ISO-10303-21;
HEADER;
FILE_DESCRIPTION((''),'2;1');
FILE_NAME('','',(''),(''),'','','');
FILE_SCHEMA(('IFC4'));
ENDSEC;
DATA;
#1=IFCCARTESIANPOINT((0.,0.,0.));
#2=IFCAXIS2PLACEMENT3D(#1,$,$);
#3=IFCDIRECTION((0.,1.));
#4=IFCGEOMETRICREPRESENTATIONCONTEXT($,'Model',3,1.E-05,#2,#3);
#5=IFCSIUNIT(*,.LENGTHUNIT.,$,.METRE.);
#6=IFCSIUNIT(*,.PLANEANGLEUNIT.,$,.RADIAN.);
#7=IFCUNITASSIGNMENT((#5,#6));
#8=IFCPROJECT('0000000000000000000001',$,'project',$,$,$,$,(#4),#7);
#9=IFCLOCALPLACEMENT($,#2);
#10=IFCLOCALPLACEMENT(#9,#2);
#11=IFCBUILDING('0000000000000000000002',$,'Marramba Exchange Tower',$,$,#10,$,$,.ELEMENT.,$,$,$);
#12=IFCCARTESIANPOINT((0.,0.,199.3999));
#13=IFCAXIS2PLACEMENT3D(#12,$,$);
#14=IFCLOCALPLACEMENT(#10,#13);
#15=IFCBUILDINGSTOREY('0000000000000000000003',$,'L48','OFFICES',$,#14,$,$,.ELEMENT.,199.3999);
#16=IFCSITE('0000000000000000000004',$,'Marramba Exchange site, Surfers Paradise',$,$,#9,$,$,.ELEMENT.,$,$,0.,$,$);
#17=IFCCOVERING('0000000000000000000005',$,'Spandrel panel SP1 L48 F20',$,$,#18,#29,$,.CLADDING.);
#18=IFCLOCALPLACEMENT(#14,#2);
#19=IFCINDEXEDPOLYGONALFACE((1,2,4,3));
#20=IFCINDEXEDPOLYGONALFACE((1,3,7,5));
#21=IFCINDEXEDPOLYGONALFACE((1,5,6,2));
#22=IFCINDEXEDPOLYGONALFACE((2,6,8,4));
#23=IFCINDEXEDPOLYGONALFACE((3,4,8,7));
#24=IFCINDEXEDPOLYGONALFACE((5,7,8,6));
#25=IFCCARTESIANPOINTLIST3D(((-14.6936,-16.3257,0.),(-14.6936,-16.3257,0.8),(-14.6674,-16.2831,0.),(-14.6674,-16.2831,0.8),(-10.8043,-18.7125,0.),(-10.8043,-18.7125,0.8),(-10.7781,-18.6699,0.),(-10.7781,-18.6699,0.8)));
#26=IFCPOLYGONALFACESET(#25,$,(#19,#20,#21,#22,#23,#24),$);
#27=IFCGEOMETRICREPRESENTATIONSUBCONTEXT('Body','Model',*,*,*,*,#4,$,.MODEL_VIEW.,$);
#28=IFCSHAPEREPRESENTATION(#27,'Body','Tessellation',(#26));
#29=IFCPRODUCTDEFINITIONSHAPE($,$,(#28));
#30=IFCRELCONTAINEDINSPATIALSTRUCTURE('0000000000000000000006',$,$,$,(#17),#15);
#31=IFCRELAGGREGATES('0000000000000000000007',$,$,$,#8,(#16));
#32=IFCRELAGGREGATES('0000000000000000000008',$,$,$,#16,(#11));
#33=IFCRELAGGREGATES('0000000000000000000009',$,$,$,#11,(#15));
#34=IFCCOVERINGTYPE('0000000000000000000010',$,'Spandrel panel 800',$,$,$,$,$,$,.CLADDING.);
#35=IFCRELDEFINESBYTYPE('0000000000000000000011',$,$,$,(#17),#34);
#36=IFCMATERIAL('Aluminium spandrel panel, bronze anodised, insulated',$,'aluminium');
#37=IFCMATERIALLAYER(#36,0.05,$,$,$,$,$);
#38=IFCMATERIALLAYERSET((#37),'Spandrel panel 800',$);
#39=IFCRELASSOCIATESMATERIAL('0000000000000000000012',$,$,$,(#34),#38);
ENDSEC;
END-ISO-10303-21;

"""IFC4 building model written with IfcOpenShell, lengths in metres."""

from ifc_helpers import new_model, si_unit, direction, frame, origin, origin_2d, place, context, subcontext, project, spatial, rectangle, extrude, material, layer, layer_set, type_object, element, save


model = new_model("IFC4")

# Units and contexts
model_context = context("Model", 3, precision=1e-05, world=origin(), true_north=direction((0.0, 1.0)))
body_context = subcontext(model_context, "Body", "Model", "MODEL_VIEW")
ifc_project = project(units=[si_unit("LENGTHUNIT", "METRE"), si_unit("PLANEANGLEUNIT", "RADIAN")], contexts=[model_context])

# Site, building, storey
site_placement = place(None, origin())
site = spatial("IfcSite", under=ifc_project, at=site_placement, Name="Marramba Exchange site, Surfers Paradise", CompositionType="ELEMENT", RefElevation=0.0)
building_placement = place(site_placement, origin())
building = spatial("IfcBuilding", under=site, at=building_placement, Name="Marramba Exchange Tower", CompositionType="ELEMENT")
storey_placement = place(building_placement, frame((0.0, 0.0, 199.3999)))
storey = spatial("IfcBuildingStorey", under=building, at=storey_placement, Name="L48", Description="OFFICES", CompositionType="ELEMENT", Elevation=199.3999)

# Covering
ifc_material_1 = material(Name="Aluminium spandrel panel, bronze anodised, insulated", Category="aluminium")
ifc_layer_1 = layer(ifc_material_1, 0.05)
ifc_layer_set_1 = layer_set([ifc_layer_1], Name="Spandrel panel 800")
covering_type = type_object("IfcCoveringType", Name="Spandrel panel 800", PredefinedType="CLADDING", material=ifc_layer_set_1)
covering_placement = place(storey_placement, frame((-12.7358, -17.4978, 0.0), z_axis=(0.0, 0.0, 1.0), x_axis=(0.852301, -0.523052, 0.0)))
element("IfcCovering", 1, at=covering_placement, inside=storey, type_object=covering_type, Name="Spandrel panel SP1 L48 F20", PredefinedType="CLADDING", context=body_context, shape_type="SweptSolid", body=[
    extrude(rectangle(XDim=4.5632, YDim=0.05, at=origin_2d()), origin(), (0.0, 0.0, 1.0), 0.8),
])

save(model, "model.ifc")
